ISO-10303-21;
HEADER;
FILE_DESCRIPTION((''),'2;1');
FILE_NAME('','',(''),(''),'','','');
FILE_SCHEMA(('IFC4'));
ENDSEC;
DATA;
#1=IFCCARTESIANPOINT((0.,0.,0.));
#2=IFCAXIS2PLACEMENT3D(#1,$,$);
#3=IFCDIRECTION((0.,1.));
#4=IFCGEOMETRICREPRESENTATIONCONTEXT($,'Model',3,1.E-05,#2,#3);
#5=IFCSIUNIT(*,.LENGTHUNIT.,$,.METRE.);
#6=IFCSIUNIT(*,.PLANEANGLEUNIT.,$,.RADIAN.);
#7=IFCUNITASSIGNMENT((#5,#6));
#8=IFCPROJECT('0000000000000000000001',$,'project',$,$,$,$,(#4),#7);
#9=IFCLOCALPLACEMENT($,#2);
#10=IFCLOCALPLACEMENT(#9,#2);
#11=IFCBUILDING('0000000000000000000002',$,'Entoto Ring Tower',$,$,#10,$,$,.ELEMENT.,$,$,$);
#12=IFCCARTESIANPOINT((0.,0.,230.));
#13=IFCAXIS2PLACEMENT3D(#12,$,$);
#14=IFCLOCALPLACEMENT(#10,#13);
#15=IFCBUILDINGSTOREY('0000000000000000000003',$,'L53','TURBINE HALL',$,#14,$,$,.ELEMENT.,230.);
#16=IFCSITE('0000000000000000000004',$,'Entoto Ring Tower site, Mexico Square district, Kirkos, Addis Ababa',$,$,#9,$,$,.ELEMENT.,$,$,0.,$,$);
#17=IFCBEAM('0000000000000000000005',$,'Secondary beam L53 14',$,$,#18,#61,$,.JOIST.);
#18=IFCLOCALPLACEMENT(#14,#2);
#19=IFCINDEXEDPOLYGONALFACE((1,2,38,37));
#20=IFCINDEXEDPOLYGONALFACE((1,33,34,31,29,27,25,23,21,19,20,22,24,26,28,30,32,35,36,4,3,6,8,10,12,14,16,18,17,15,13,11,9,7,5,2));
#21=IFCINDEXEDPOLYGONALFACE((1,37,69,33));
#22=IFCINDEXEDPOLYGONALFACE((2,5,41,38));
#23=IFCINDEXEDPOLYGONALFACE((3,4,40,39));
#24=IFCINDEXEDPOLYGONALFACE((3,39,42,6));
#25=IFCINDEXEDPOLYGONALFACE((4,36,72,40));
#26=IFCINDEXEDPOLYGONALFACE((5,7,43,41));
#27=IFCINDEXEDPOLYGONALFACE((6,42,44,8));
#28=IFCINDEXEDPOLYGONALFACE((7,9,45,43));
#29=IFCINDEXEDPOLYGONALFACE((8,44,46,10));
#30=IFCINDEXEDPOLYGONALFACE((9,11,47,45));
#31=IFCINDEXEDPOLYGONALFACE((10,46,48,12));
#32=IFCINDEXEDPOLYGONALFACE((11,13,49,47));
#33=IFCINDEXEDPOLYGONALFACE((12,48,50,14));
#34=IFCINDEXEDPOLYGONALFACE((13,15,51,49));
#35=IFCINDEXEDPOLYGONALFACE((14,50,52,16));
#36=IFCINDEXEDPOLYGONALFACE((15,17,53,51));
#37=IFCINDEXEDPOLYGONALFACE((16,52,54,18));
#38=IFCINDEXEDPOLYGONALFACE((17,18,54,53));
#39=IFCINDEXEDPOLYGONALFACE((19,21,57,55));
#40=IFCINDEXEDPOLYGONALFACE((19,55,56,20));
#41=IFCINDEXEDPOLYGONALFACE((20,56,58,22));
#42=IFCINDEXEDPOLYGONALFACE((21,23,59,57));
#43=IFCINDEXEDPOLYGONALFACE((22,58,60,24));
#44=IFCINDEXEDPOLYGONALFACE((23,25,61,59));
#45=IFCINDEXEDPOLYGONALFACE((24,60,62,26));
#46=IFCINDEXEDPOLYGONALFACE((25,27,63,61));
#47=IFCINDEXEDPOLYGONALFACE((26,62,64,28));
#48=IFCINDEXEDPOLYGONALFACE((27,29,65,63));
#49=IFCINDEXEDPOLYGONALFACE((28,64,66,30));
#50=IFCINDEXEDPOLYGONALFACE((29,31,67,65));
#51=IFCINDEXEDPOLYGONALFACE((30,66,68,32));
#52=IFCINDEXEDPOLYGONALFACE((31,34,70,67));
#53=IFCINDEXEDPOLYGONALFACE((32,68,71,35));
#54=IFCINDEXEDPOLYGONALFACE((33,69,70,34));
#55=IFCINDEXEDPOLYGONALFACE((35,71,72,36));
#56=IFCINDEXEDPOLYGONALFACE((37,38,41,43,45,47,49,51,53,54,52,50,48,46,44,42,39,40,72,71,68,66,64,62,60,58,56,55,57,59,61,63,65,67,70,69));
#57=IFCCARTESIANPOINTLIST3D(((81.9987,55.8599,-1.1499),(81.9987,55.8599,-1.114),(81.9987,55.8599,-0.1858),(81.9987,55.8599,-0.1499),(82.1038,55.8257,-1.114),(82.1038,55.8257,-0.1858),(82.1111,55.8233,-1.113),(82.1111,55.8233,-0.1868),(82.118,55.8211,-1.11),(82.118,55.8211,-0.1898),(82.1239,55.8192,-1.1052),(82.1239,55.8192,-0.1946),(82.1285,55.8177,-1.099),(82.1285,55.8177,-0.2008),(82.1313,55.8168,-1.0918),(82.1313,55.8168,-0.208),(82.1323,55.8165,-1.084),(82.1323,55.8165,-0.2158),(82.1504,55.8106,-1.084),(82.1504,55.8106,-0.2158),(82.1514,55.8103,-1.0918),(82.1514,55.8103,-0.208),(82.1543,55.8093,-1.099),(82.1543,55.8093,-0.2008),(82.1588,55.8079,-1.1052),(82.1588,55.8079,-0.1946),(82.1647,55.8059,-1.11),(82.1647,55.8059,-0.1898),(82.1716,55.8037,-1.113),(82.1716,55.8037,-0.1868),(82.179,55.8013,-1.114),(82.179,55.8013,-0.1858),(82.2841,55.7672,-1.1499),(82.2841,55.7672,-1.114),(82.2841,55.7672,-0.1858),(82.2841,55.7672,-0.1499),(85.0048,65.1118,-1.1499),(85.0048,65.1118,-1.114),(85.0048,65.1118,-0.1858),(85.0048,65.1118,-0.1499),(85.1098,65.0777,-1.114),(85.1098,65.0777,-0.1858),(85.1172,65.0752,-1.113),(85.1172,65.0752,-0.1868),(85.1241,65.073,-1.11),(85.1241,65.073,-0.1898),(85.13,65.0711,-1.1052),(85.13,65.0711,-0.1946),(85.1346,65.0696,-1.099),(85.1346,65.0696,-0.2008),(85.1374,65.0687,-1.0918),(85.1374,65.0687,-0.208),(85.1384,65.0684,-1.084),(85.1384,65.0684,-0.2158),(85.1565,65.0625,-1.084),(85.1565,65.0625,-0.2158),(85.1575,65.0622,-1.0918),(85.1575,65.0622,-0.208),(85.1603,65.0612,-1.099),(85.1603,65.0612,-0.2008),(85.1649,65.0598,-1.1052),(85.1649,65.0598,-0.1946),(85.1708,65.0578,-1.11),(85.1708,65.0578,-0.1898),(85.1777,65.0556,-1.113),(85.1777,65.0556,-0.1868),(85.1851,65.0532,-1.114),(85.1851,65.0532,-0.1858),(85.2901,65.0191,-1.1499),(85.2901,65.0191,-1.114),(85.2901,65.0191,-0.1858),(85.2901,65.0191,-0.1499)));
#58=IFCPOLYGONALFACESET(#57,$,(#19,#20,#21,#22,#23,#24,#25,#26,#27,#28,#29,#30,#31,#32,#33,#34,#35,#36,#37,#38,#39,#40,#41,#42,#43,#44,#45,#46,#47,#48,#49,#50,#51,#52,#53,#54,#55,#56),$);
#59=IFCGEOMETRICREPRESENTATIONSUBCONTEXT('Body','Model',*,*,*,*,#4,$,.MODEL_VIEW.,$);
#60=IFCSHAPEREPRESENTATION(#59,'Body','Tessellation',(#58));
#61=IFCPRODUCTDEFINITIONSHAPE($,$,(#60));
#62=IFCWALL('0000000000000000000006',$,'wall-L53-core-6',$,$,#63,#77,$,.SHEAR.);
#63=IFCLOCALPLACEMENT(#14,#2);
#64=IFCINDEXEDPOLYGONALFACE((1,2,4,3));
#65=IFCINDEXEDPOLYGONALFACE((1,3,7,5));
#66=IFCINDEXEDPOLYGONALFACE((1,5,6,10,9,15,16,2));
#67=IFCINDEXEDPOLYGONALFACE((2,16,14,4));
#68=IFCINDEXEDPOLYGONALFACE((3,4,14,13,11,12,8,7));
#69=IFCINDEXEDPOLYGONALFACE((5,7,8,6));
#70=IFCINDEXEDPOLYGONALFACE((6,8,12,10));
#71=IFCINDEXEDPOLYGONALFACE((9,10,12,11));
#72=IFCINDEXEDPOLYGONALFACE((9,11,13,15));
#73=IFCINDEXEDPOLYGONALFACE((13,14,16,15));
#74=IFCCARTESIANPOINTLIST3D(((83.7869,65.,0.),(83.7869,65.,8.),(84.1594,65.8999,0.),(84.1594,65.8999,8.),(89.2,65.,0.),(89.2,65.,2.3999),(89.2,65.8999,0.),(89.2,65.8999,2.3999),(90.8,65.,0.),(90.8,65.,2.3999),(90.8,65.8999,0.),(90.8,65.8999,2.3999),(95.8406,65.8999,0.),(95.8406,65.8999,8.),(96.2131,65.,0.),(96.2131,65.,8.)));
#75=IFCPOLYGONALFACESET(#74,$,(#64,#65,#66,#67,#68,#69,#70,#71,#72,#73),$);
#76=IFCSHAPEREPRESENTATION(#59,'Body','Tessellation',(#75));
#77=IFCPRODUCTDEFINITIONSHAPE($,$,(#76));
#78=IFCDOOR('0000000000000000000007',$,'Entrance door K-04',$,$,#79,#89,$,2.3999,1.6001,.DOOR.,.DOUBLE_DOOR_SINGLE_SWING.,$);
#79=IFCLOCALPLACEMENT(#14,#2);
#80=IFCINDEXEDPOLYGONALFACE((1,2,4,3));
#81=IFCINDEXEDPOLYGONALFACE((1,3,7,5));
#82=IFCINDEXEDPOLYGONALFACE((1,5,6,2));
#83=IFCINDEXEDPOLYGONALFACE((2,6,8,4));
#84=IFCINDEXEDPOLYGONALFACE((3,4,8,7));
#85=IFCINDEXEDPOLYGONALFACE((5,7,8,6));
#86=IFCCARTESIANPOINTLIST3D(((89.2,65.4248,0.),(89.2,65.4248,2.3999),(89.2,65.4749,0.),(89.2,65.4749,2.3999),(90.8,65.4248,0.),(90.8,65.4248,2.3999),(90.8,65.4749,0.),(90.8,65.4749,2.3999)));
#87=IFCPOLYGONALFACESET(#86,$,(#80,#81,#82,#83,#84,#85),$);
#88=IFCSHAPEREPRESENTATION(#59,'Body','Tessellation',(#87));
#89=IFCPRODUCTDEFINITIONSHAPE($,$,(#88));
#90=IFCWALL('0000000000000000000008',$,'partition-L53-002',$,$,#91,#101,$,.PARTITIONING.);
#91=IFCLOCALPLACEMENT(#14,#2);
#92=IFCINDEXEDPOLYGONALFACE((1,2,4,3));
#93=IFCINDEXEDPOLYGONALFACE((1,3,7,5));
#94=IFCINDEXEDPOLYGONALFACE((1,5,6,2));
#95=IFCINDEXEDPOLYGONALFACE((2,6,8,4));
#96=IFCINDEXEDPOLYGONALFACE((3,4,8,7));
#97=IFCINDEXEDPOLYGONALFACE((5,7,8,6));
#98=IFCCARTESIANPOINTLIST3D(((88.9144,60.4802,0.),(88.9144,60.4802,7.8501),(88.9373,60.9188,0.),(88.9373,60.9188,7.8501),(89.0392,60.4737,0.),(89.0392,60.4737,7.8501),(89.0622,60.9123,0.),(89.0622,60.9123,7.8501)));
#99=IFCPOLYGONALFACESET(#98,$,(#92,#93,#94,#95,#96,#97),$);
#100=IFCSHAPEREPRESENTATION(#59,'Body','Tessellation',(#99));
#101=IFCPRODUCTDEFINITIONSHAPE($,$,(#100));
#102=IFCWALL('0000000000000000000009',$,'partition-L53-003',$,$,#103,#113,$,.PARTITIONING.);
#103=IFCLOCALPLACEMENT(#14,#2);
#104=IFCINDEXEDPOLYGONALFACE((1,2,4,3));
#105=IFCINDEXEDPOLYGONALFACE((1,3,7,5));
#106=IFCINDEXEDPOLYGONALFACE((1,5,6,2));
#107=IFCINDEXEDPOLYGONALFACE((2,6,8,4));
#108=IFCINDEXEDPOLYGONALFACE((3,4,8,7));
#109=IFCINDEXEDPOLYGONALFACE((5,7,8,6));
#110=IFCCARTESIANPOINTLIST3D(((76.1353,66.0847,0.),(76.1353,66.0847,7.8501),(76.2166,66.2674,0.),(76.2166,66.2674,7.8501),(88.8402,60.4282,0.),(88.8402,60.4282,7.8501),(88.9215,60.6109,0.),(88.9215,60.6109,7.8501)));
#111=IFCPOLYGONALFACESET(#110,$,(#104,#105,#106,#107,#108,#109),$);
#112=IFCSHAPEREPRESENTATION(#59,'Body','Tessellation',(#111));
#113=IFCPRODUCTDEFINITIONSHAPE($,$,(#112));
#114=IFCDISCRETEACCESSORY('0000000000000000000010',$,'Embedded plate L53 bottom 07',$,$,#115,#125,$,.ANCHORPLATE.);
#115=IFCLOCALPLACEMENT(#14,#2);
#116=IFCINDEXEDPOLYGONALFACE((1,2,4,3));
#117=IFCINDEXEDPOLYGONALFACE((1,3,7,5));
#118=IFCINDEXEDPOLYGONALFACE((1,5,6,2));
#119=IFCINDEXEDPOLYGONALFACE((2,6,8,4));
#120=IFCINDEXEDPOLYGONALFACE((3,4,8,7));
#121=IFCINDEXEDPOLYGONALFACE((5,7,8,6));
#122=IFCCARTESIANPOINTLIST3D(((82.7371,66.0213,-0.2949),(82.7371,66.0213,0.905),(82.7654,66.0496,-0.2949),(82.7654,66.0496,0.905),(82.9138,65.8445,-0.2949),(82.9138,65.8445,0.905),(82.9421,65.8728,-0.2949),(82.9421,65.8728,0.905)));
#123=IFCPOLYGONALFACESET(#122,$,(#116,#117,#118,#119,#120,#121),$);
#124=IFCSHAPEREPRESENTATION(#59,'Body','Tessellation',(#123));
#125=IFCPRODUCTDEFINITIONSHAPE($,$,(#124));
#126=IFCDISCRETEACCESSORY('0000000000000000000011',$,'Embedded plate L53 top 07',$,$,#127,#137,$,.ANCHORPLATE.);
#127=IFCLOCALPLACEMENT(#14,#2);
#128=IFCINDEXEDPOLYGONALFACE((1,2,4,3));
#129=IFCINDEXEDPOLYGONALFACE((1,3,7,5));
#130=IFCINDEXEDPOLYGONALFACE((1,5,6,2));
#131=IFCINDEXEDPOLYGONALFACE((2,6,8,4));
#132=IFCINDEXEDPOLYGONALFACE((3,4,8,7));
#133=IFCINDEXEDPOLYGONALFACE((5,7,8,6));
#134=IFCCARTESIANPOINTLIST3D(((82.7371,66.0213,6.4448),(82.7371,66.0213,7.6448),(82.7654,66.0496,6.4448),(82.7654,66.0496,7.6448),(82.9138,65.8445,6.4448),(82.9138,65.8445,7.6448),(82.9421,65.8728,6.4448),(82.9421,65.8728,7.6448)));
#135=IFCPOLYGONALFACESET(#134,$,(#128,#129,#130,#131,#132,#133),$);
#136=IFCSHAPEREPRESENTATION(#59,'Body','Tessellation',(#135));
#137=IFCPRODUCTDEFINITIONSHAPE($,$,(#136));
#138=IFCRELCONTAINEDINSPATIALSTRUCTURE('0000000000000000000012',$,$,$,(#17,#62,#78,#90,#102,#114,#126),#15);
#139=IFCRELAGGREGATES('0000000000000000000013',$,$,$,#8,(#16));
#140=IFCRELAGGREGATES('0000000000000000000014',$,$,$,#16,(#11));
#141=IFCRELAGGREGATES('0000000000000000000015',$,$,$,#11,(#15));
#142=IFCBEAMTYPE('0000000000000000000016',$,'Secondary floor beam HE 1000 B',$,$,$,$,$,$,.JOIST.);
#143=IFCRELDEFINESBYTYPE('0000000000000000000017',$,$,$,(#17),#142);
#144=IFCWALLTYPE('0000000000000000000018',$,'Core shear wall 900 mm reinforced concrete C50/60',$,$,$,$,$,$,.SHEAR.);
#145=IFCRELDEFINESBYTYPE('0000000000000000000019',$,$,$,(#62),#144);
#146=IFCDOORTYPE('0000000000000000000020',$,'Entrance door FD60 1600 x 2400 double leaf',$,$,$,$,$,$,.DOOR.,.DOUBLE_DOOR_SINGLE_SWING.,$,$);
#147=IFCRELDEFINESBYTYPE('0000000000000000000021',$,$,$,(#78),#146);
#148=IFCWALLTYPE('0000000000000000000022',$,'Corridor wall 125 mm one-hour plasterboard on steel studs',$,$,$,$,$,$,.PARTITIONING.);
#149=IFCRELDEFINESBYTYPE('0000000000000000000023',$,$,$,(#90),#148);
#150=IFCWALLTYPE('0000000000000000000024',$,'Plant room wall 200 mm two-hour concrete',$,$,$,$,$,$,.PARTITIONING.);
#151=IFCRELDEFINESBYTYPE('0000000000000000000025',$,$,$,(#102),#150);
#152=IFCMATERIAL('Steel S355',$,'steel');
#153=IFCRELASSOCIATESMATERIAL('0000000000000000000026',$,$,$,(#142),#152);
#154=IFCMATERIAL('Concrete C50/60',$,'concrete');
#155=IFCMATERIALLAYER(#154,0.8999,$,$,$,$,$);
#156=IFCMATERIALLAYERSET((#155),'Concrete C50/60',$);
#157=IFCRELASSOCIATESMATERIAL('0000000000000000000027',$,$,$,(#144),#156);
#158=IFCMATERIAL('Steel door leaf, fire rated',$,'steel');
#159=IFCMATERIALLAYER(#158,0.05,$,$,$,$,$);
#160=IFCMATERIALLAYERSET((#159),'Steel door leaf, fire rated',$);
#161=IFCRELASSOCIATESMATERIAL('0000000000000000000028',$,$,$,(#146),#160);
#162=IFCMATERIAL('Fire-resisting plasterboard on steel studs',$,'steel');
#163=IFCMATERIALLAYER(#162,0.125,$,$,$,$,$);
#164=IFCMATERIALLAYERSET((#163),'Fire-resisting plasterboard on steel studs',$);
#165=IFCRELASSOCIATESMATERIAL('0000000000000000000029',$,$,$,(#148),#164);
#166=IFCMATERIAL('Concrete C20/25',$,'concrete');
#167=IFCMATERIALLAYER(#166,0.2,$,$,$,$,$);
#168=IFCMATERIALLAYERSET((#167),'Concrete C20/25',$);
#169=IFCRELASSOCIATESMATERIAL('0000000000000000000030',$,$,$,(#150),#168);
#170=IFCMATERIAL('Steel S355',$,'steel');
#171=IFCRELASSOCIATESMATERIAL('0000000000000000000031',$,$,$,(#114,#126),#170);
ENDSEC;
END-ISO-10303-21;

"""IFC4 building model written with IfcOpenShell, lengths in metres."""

from ifc_helpers import new_model, si_unit, direction, frame, frame_2d, origin, origin_2d, place, context, subcontext, project, spatial, polyline, rectangle, i_section, outline, extrude, material, layer, layer_set, material_profile, profile_set, type_object, element, fill, save


model = new_model("IFC4")

# Units and contexts
model_context = context("Model", 3, precision=1e-05, world=origin(), true_north=direction((0.0, 1.0)))
body_context = subcontext(model_context, "Body", "Model", "MODEL_VIEW")
ifc_project = project(units=[si_unit("LENGTHUNIT", "METRE"), si_unit("PLANEANGLEUNIT", "RADIAN")], contexts=[model_context])

# Site, building, storey
site_placement = place(None, origin())
site = spatial("IfcSite", under=ifc_project, at=site_placement, Name="Entoto Ring Tower site, Mexico Square district, Kirkos, Addis Ababa", CompositionType="ELEMENT", RefElevation=0.0)
building_placement = place(site_placement, origin())
building = spatial("IfcBuilding", under=site, at=building_placement, Name="Entoto Ring Tower", CompositionType="ELEMENT")
storey_placement = place(building_placement, frame((0.0, 0.0, 230.0)))
storey = spatial("IfcBuildingStorey", under=building, at=storey_placement, Name="L53", Description="TURBINE HALL", CompositionType="ELEMENT", Elevation=230.0)

# Beam
ifc_material_1 = material(Name="Steel S355", Category="steel")
ifc_material_profile_1 = material_profile(ifc_material_1, i_section(OverallWidth=0.3, OverallDepth=1.0, WebThickness=0.019, FlangeThickness=0.0359, FilletRadius=0.03, at=origin_2d()), Name="HE 1000 B")
ifc_profile_set_1 = profile_set([ifc_material_profile_1], Name="Steel S355")
beam_type_1 = type_object("IfcBeamType", Name="Secondary floor beam HE 1000 B", PredefinedType="JOIST", material=ifc_profile_set_1)
beam_1_placement = place(storey_placement, frame((85.1475, 65.0654, -0.6499), z_axis=(-0.309013, -0.951058, 0.0), x_axis=(0.951058, -0.309013, 0.0)))
element("IfcBeam", 1, at=beam_1_placement, inside=storey, type_object=beam_type_1, Name="Secondary beam L53 14", PredefinedType="JOIST", context=body_context, shape_type="SweptSolid", body=[
    extrude(i_section(OverallWidth=0.3, OverallDepth=1.0, WebThickness=0.019, FlangeThickness=0.0359, FilletRadius=0.03, at=origin_2d()), origin(), (0.0, 0.0, 1.0), 9.728),
])

# Wall, opening, door
ifc_material_2 = material(Name="Concrete C50/60", Category="concrete")
ifc_layer_1 = layer(ifc_material_2, 0.8999)
ifc_layer_set_1 = layer_set([ifc_layer_1], Name="Concrete C50/60")
wall_type_1 = type_object("IfcWallType", Name="Core shear wall 900 mm reinforced concrete C50/60", PredefinedType="SHEAR", material=ifc_layer_set_1)
wall_1_placement = place(storey_placement, frame((83.9731, 65.45, 0.0), z_axis=(0.0, 0.0, 1.0), x_axis=(1.0, 0.0, 0.0)))
wall_1 = element("IfcWall", 2, at=wall_1_placement, inside=storey, type_object=wall_type_1, Name="wall-L53-core-6", PredefinedType="SHEAR", context=body_context, shape_type="SweptSolid", body=[
    extrude(outline(polyline([(-0.1863, -0.45), (12.24, -0.45), (11.8674, 0.45), (0.1863, 0.45), (-0.1863, -0.45)])), origin(), (0.0, 0.0, 1.0), 8.0),
])
opening_placement = place(wall_1_placement, frame((5.2268, 0.0, 0.0)))
opening = element("IfcOpeningElement", 3, at=opening_placement, cuts=wall_1, PredefinedType="OPENING", context=body_context, shape_type="SweptSolid", body=[
    extrude(rectangle(XDim=1.6001, YDim=2.3999, at=frame_2d((0.8, 1.2))), frame((0.0, 0.46, 0.0), z_axis=(0.0, -1.0, 0.0), x_axis=(1.0, 0.0, 0.0)), (0.0, 0.0, 1.0), 0.9199),
])
ifc_material_3 = material(Name="Steel door leaf, fire rated", Category="steel")
ifc_layer_2 = layer(ifc_material_3, 0.05)
ifc_layer_set_2 = layer_set([ifc_layer_2], Name="Steel door leaf, fire rated")
door_type = type_object("IfcDoorType", Name="Entrance door FD60 1600 x 2400 double leaf", OperationType="DOUBLE_DOOR_SINGLE_SWING", PredefinedType="DOOR", material=ifc_layer_set_2)
door_placement = place(opening_placement, origin())
door = element("IfcDoor", 4, at=door_placement, inside=storey, type_object=door_type, Name="Entrance door K-04", OperationType="DOUBLE_DOOR_SINGLE_SWING", OverallHeight=2.3999, OverallWidth=1.6001, PredefinedType="DOOR", context=body_context, shape_type="SweptSolid", body=[
    extrude(rectangle(XDim=1.6001, YDim=2.3999, at=frame_2d((0.8, 1.2))), frame((0.0, 0.0249, 0.0), z_axis=(0.0, -1.0, 0.0), x_axis=(1.0, 0.0, 0.0)), (0.0, 0.0, 1.0), 0.05),
])
fill(opening, door)

# Walls
ifc_material_4 = material(Name="Fire-resisting plasterboard on steel studs", Category="steel")
ifc_layer_3 = layer(ifc_material_4, 0.125)
ifc_layer_set_3 = layer_set([ifc_layer_3], Name="Fire-resisting plasterboard on steel studs")
wall_type_2 = type_object("IfcWallType", Name="Corridor wall 125 mm one-hour plasterboard on steel studs", PredefinedType="PARTITIONING", material=ifc_layer_set_3)
wall_2_placement = place(storey_placement, frame((88.9768, 60.4768, 0.0), z_axis=(0.0, 0.0, 1.0), x_axis=(0.052238, 0.998635, 0.0)))
element("IfcWall", 5, at=wall_2_placement, inside=storey, type_object=wall_type_2, Name="partition-L53-002", PredefinedType="PARTITIONING", context=body_context, shape_type="SweptSolid", body=[
    extrude(rectangle(XDim=0.4392, YDim=0.125, at=frame_2d((0.2197, 0.0))), origin(), (0.0, 0.0, 1.0), 7.8501),
])
ifc_material_5 = material(Name="Concrete C20/25", Category="concrete")
ifc_layer_4 = layer(ifc_material_5, 0.2)
ifc_layer_set_4 = layer_set([ifc_layer_4], Name="Concrete C20/25")
wall_type_3 = type_object("IfcWallType", Name="Plant room wall 200 mm two-hour concrete", PredefinedType="PARTITIONING", material=ifc_layer_set_4)
wall_3_placement = place(storey_placement, frame((88.8809, 60.5195, 0.0), z_axis=(0.0, 0.0, 1.0), x_axis=(-0.913547, 0.406733, 0.0)))
element("IfcWall", 6, at=wall_3_placement, inside=storey, type_object=wall_type_3, Name="partition-L53-003", PredefinedType="PARTITIONING", context=body_context, shape_type="SweptSolid", body=[
    extrude(rectangle(XDim=13.9072, YDim=0.2, at=frame_2d((6.9536, 0.0))), origin(), (0.0, 0.0, 1.0), 7.8501),
])

# Discrete accessories
ifc_material_6 = material(Name="Steel S355", Category="steel")
for number, where, z_axis, x_axis, name in (
    (7, (82.8396, 65.947, -0.2949), (0.0, 0.0, 1.0), (-0.707107, -0.707107, 0.0), "Embedded plate L53 bottom 07"),
    (8, (82.8396, 65.947, 6.4448), (0.0, 0.0, 1.0), (-0.707107, -0.707107, 0.0), "Embedded plate L53 top 07"),
):
    element("IfcDiscreteAccessory", number, at=place(storey_placement, frame(where, z_axis=z_axis, x_axis=x_axis)), inside=storey, material=ifc_material_6, Name=name, PredefinedType="ANCHORPLATE", context=body_context, shape_type="SweptSolid", body=[
        extrude(rectangle(XDim=0.04, YDim=0.25, at=origin_2d()), origin(), (0.0, 0.0, 1.0), 1.2),
    ])

save(model, "model.ifc")
